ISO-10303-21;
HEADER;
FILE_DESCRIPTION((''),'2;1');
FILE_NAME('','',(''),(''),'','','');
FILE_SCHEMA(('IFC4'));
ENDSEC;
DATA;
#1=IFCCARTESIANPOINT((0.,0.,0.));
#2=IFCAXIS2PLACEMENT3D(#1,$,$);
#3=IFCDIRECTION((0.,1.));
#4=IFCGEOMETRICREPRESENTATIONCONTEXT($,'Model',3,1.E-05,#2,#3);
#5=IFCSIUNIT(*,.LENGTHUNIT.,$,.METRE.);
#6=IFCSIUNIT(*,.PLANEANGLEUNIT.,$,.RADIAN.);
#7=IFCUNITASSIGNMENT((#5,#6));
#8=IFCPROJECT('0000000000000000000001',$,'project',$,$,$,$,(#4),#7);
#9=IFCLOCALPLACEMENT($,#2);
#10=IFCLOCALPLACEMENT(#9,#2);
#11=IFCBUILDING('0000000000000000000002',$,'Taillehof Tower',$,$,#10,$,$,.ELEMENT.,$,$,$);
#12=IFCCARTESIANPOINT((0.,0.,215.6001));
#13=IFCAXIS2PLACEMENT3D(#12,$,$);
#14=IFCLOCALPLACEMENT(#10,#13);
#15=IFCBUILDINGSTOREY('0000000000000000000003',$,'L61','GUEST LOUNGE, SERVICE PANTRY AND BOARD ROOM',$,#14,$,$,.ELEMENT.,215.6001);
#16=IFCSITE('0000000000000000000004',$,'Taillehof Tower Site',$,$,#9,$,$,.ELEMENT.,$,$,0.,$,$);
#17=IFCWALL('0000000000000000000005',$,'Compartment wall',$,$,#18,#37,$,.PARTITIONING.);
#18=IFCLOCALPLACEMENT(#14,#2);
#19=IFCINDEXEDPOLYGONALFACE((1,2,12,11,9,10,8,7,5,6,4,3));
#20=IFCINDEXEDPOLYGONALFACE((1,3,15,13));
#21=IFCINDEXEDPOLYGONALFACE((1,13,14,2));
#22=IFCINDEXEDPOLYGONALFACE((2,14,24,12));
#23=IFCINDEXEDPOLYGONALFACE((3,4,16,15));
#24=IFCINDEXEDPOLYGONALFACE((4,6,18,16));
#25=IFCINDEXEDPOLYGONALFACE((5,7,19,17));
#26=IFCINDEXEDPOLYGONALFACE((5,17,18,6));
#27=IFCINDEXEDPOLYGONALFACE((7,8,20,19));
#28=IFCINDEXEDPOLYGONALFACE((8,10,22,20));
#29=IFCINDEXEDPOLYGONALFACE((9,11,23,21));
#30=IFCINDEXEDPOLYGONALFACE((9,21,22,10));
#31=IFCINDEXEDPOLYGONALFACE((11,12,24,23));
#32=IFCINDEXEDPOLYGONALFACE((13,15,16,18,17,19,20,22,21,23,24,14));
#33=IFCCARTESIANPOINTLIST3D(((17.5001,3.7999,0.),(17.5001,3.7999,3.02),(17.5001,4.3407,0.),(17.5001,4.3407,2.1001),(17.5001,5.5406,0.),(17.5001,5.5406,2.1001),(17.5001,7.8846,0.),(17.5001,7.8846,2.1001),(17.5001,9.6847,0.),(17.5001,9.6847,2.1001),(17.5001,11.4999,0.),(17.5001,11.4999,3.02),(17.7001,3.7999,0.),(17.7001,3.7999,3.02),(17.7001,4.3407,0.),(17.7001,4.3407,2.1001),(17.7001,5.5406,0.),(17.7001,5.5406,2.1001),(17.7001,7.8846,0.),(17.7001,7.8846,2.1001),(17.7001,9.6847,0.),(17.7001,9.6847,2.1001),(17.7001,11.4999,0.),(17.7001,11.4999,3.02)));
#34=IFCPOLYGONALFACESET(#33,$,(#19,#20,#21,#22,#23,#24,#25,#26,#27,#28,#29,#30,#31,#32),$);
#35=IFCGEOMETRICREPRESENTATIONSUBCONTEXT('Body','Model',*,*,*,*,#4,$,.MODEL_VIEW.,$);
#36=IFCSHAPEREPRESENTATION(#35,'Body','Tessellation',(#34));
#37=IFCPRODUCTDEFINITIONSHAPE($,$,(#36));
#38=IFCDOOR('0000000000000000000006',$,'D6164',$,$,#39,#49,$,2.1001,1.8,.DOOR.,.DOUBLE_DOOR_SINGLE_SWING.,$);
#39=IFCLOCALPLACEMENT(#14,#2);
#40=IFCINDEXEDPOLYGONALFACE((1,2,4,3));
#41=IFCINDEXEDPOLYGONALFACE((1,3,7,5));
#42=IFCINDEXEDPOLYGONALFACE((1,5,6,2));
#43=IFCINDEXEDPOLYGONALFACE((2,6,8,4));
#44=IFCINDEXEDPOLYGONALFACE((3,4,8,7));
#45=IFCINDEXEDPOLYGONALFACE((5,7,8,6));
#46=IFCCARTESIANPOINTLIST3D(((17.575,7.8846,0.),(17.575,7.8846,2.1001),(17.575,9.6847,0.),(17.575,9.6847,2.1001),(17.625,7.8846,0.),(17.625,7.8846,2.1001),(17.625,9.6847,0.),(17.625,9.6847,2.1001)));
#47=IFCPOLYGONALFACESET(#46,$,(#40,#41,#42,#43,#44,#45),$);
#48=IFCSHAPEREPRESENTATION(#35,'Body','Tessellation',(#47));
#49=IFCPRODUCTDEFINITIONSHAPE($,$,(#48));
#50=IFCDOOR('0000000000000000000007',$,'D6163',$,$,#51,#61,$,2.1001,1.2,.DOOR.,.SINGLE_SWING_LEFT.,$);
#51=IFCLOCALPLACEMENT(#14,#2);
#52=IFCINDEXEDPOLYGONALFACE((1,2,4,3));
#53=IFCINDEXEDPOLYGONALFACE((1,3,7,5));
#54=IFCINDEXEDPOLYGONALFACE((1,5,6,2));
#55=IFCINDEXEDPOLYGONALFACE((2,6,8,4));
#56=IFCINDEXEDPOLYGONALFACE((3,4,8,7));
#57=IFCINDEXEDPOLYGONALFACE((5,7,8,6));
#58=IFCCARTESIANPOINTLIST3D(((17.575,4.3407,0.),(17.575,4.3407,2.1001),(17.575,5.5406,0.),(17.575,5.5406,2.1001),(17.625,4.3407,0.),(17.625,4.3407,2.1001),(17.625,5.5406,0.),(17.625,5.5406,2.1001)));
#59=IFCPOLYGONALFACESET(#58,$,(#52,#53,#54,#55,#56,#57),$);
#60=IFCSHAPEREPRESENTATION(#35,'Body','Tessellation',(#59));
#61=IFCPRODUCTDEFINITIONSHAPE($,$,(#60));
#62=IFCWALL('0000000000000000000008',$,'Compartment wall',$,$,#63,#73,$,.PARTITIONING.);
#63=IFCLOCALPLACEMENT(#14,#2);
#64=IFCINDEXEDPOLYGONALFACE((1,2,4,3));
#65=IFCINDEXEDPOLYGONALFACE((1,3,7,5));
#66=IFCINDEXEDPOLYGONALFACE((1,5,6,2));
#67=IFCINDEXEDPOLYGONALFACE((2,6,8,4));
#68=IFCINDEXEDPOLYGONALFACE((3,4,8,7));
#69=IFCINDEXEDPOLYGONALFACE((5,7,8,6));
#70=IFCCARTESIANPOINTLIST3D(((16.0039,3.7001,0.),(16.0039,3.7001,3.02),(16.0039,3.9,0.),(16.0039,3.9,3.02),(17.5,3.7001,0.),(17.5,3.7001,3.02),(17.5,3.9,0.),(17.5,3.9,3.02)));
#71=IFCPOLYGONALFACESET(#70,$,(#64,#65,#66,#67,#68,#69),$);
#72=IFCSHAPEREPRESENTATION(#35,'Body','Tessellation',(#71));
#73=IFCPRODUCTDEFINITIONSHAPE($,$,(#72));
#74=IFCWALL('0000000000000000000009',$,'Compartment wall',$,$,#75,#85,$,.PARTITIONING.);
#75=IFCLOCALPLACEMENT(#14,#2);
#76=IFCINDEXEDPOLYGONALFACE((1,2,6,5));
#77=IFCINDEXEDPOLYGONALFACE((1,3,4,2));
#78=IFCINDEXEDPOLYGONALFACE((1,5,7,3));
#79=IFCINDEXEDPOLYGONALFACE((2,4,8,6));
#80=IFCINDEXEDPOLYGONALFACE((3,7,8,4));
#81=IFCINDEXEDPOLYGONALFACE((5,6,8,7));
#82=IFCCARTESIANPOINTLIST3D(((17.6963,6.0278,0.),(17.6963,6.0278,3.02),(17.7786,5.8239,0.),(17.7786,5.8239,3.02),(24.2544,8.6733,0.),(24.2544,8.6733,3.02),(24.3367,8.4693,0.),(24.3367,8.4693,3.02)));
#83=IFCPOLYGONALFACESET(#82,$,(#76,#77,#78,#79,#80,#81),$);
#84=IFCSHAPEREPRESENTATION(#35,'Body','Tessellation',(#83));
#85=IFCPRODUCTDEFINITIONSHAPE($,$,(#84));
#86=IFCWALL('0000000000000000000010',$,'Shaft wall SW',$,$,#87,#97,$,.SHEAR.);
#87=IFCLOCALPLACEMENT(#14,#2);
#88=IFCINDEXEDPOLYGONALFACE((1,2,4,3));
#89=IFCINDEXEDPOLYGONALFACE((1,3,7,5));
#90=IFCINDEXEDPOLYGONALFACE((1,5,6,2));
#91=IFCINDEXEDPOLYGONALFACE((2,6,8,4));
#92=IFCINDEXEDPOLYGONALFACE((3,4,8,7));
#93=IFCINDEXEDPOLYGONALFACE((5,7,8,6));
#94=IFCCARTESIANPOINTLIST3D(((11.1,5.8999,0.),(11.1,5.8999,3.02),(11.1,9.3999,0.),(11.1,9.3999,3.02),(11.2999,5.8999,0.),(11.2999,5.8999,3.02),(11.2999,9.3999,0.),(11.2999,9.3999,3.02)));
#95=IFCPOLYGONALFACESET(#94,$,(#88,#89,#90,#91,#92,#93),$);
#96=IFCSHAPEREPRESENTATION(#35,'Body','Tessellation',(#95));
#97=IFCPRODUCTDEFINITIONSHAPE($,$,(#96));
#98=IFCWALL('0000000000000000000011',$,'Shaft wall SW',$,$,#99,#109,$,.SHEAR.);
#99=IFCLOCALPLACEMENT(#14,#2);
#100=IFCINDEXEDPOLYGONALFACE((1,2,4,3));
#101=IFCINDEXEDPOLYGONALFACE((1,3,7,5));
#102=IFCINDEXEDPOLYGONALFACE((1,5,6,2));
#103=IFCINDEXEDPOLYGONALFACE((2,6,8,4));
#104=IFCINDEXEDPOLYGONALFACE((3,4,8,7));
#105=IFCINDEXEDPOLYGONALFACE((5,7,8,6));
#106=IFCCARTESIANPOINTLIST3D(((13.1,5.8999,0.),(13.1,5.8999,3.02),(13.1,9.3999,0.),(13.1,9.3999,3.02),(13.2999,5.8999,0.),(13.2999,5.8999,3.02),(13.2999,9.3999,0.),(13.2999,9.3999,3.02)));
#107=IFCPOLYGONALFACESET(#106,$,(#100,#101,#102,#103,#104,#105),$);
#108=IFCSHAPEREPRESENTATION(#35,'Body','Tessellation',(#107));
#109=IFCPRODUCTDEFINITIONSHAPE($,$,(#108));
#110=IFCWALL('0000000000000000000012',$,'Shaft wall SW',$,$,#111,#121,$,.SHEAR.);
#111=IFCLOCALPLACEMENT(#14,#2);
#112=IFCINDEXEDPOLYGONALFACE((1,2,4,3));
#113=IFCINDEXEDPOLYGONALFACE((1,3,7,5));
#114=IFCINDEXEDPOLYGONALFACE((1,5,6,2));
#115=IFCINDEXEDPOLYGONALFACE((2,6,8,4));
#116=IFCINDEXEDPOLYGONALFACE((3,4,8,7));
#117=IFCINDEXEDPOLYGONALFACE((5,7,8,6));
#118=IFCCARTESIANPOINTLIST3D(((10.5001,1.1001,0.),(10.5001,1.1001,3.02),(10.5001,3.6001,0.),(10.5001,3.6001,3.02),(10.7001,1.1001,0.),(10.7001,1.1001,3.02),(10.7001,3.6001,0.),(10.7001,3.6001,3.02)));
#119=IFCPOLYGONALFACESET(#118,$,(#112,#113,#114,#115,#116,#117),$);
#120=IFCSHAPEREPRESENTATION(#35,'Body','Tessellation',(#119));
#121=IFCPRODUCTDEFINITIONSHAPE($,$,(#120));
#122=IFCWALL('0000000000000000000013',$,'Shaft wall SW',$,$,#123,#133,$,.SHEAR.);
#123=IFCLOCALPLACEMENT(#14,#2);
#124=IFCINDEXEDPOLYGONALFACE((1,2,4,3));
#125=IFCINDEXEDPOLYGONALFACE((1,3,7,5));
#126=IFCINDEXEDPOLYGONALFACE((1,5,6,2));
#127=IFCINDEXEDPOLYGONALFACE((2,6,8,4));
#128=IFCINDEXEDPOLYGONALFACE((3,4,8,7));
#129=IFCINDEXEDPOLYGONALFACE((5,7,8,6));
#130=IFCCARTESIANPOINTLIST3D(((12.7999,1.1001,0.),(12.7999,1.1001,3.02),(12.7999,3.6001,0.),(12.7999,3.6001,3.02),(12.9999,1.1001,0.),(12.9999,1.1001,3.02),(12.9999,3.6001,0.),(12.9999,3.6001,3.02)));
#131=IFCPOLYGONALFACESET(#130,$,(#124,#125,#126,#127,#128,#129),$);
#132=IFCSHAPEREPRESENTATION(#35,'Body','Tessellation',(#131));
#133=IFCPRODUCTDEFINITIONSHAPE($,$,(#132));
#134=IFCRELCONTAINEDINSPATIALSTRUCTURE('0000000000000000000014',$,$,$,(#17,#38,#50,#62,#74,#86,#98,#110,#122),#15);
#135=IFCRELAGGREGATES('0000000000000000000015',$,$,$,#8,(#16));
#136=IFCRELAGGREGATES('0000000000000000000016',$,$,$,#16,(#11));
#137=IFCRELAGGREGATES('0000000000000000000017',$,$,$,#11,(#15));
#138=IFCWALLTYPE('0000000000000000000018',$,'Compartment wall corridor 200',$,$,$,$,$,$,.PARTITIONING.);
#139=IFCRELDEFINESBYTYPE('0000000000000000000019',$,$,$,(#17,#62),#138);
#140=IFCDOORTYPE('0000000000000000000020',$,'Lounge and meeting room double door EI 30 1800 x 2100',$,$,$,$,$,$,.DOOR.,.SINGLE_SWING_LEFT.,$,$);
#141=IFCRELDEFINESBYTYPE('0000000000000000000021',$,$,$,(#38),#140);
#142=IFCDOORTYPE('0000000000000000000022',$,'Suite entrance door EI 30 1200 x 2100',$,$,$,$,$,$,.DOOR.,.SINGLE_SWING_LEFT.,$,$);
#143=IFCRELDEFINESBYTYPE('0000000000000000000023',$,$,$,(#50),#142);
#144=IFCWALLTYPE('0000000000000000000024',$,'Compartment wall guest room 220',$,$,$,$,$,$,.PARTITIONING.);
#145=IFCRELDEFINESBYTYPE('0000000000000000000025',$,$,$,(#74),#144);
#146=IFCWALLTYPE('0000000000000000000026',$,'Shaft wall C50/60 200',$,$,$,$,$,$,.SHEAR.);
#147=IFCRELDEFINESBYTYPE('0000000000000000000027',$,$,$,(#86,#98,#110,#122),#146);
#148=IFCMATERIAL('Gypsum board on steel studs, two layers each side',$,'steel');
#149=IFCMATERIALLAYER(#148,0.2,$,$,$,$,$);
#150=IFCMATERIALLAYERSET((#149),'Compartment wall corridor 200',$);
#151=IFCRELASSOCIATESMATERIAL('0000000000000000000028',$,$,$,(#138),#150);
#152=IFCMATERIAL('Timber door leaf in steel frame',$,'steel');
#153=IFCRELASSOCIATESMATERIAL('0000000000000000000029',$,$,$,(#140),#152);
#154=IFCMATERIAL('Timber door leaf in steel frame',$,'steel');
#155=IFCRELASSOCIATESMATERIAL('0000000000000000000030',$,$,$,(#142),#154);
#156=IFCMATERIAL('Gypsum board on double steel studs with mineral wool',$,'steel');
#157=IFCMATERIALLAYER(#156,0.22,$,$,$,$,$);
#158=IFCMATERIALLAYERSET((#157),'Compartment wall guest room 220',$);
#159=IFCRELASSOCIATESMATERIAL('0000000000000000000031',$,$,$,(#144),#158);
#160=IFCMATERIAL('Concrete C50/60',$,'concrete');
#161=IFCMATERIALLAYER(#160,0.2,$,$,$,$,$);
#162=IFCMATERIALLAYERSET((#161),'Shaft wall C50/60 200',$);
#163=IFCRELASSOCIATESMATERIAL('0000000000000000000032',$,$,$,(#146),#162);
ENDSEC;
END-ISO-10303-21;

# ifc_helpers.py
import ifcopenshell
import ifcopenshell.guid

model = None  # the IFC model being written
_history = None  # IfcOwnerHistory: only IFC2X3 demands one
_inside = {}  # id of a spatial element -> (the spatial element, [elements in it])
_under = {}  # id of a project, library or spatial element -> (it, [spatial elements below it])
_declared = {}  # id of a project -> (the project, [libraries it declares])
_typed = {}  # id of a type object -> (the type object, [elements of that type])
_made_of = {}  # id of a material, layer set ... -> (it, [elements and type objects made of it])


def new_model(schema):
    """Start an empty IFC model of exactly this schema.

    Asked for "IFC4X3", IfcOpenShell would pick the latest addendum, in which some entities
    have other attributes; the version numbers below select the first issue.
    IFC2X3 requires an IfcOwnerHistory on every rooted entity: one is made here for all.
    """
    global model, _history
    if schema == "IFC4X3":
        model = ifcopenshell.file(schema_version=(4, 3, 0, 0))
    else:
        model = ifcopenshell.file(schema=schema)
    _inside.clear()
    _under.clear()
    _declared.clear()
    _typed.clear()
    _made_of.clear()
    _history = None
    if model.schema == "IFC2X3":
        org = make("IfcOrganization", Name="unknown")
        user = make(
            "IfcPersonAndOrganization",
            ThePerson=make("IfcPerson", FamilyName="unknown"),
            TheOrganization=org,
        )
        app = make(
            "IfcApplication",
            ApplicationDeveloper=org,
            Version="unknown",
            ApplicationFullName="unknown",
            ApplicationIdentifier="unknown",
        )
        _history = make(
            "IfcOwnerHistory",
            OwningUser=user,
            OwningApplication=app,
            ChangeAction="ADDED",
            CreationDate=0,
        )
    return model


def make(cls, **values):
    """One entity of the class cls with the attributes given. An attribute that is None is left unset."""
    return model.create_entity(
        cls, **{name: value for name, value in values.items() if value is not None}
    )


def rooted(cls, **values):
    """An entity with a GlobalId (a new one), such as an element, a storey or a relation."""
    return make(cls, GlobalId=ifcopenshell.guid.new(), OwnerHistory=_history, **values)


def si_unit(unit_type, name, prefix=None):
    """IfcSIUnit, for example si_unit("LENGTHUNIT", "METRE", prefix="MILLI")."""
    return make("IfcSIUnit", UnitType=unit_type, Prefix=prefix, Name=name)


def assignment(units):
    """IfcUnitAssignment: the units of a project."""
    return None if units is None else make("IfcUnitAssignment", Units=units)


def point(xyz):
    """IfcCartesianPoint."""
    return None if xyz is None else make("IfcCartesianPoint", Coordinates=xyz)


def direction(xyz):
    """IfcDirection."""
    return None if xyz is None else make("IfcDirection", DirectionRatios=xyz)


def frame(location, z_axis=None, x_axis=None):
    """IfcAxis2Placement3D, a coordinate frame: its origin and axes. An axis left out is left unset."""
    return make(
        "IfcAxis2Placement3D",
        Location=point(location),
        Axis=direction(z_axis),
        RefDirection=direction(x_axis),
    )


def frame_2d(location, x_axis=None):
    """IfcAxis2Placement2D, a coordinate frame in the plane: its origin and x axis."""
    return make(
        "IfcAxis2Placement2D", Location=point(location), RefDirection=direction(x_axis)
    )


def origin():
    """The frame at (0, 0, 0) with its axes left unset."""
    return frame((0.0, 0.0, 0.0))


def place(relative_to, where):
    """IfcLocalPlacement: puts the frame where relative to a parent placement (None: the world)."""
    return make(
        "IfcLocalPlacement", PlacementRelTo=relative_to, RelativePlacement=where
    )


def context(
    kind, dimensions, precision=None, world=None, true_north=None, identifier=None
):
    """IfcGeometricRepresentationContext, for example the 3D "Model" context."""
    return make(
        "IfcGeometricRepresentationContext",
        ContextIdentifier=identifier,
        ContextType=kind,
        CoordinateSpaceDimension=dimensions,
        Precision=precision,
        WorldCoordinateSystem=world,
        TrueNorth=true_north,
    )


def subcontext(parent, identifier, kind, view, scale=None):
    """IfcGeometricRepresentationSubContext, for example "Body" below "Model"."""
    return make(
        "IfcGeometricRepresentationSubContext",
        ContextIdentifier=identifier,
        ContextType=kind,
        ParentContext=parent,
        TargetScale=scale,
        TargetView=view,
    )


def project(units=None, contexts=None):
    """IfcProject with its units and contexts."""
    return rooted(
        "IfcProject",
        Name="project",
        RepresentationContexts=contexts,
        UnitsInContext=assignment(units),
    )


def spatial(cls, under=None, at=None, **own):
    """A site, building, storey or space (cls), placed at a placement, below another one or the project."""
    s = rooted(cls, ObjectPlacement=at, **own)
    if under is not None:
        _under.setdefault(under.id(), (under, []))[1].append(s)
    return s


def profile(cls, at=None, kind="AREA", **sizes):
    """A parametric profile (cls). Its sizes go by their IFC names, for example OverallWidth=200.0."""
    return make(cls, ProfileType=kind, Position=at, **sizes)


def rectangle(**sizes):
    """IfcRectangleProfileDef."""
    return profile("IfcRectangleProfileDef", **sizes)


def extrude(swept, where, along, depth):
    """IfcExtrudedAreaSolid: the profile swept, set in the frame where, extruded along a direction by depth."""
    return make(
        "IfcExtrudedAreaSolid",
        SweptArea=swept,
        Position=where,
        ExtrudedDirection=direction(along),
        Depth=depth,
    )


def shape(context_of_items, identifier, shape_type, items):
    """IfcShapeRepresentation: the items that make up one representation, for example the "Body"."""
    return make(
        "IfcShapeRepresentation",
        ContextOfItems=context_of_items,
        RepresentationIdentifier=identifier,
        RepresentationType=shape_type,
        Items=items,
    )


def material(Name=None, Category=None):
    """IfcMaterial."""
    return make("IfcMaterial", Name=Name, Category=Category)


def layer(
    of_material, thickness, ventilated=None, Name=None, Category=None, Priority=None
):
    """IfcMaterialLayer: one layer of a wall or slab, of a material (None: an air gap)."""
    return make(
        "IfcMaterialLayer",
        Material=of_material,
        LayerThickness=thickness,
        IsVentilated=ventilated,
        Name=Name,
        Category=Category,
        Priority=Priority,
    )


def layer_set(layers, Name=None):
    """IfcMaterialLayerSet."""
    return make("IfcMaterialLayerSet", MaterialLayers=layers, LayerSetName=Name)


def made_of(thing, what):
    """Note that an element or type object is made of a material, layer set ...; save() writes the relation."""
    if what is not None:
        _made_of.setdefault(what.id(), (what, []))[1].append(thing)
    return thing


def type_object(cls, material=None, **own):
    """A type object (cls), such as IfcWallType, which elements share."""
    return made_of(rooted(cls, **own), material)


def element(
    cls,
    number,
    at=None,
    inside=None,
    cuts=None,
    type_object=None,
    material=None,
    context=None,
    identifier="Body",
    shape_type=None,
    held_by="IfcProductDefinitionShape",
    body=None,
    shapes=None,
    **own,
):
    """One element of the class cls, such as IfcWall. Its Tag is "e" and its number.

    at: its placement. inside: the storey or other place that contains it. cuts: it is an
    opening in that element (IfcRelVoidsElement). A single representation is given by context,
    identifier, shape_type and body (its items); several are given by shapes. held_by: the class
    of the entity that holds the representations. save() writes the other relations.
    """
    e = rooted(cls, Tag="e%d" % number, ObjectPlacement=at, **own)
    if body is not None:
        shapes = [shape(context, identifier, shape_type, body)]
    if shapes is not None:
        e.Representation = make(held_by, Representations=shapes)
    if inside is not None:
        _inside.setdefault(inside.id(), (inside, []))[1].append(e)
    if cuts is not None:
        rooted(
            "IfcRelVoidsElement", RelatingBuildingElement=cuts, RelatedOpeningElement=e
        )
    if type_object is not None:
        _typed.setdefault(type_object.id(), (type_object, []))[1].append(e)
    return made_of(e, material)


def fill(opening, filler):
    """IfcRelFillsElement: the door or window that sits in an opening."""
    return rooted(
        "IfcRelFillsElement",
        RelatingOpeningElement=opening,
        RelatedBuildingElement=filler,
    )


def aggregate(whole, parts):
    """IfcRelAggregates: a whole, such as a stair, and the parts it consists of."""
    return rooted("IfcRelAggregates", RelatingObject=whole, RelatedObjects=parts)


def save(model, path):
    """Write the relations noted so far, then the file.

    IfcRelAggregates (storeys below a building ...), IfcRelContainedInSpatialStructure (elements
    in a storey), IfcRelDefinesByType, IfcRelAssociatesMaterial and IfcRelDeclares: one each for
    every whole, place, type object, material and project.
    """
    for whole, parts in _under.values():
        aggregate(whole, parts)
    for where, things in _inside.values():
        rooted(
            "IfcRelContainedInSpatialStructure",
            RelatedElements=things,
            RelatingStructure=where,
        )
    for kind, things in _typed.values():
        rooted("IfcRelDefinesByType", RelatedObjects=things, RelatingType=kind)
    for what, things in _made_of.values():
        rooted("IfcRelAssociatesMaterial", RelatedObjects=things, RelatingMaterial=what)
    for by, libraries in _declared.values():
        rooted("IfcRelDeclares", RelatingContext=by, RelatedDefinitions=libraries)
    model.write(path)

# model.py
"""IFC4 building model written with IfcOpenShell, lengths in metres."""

from ifc_helpers import new_model, si_unit, direction, frame, frame_2d, origin, place, context, subcontext, project, spatial, rectangle, extrude, material, layer, layer_set, type_object, element, fill, save


model = new_model("IFC4")

# Units and contexts
model_context = context("Model", 3, precision=1e-05, world=origin(), true_north=direction((0.0, 1.0)))
body_context = subcontext(model_context, "Body", "Model", "MODEL_VIEW")
ifc_project = project(units=[si_unit("LENGTHUNIT", "METRE"), si_unit("PLANEANGLEUNIT", "RADIAN")], contexts=[model_context])

# Site, building, storey
site_placement = place(None, origin())
site = spatial("IfcSite", under=ifc_project, at=site_placement, Name="Taillehof Tower Site", CompositionType="ELEMENT", RefElevation=0.0)
building_placement = place(site_placement, origin())
building = spatial("IfcBuilding", under=site, at=building_placement, Name="Taillehof Tower", CompositionType="ELEMENT")
storey_placement = place(building_placement, frame((0.0, 0.0, 215.6001)))
storey = spatial("IfcBuildingStorey", under=building, at=storey_placement, Name="L61", Description="GUEST LOUNGE, SERVICE PANTRY AND BOARD ROOM", CompositionType="ELEMENT", Elevation=215.6001)

# Wall, openings, doors
ifc_material_1 = material(Name="Gypsum board on steel studs, two layers each side", Category="steel")
ifc_layer_1 = layer(ifc_material_1, 0.2)
ifc_layer_set_1 = layer_set([ifc_layer_1], Name="Compartment wall corridor 200")
wall_type_1 = type_object("IfcWallType", Name="Compartment wall corridor 200", PredefinedType="PARTITIONING", material=ifc_layer_set_1)
wall_1_placement = place(storey_placement, frame((17.6001, 11.5, 0.0), z_axis=(0.0, 0.0, 1.0), x_axis=(0.0, -1.0, 0.0)))
wall_1 = element("IfcWall", 1, at=wall_1_placement, inside=storey, type_object=wall_type_1, Name="Compartment wall", PredefinedType="PARTITIONING", context=body_context, shape_type="SweptSolid", body=[
    extrude(rectangle(XDim=7.7, YDim=0.2, at=frame_2d((3.8501, 0.0))), origin(), (0.0, 0.0, 1.0), 3.02),
])
opening_1_placement = place(wall_1_placement, frame((5.9592, 0.0, 0.0)))
opening_1 = element("IfcOpeningElement", 2, at=opening_1_placement, cuts=wall_1, PredefinedType="OPENING", context=body_context, shape_type="SweptSolid", body=[
    extrude(rectangle(XDim=1.2, YDim=2.1001, at=frame_2d((0.6001, 1.05))), frame((0.0, 0.1099, 0.0), z_axis=(0.0, -1.0, 0.0), x_axis=(1.0, 0.0, 0.0)), (0.0, 0.0, 1.0), 0.22),
])
opening_2_placement = place(wall_1_placement, frame((1.8154, 0.0, 0.0)))
opening_2 = element("IfcOpeningElement", 3, at=opening_2_placement, cuts=wall_1, PredefinedType="OPENING", context=body_context, shape_type="SweptSolid", body=[
    extrude(rectangle(XDim=1.8, YDim=2.1001, at=frame_2d((0.8999, 1.05))), frame((0.0, 0.1099, 0.0), z_axis=(0.0, -1.0, 0.0), x_axis=(1.0, 0.0, 0.0)), (0.0, 0.0, 1.0), 0.22),
])
ifc_material_2 = material(Name="Timber door leaf in steel frame", Category="steel")
door_type_1 = type_object("IfcDoorType", Name="Lounge and meeting room double door EI 30 1800 x 2100", OperationType="SINGLE_SWING_LEFT", PredefinedType="DOOR", material=ifc_material_2)
door_1_placement = place(opening_2_placement, origin())
door_1 = element("IfcDoor", 4, at=door_1_placement, inside=storey, type_object=door_type_1, Name="D6164", OperationType="DOUBLE_DOOR_SINGLE_SWING", OverallHeight=2.1001, OverallWidth=1.8, PredefinedType="DOOR", context=body_context, shape_type="SweptSolid", body=[
    extrude(rectangle(XDim=1.8, YDim=2.1001, at=frame_2d((0.8999, 1.05))), frame((0.0, 0.0249, 0.0), z_axis=(0.0, -1.0, 0.0), x_axis=(1.0, 0.0, 0.0)), (0.0, 0.0, 1.0), 0.05),
])
fill(opening_2, door_1)
ifc_material_3 = material(Name="Timber door leaf in steel frame", Category="steel")
door_type_2 = type_object("IfcDoorType", Name="Suite entrance door EI 30 1200 x 2100", OperationType="SINGLE_SWING_LEFT", PredefinedType="DOOR", material=ifc_material_3)
door_2_placement = place(opening_1_placement, origin())
door_2 = element("IfcDoor", 5, at=door_2_placement, inside=storey, type_object=door_type_2, Name="D6163", OperationType="SINGLE_SWING_LEFT", OverallHeight=2.1001, OverallWidth=1.2, PredefinedType="DOOR", context=body_context, shape_type="SweptSolid", body=[
    extrude(rectangle(XDim=1.2, YDim=2.1001, at=frame_2d((0.6001, 1.05))), frame((0.0, 0.0249, 0.0), z_axis=(0.0, -1.0, 0.0), x_axis=(1.0, 0.0, 0.0)), (0.0, 0.0, 1.0), 0.05),
])
fill(opening_1, door_2)

# Walls
wall_2_placement = place(storey_placement, frame((17.5, 3.8, 0.0), z_axis=(0.0, 0.0, 1.0), x_axis=(-1.0, 0.0, 0.0)))
element("IfcWall", 6, at=wall_2_placement, inside=storey, type_object=wall_type_1, Name="Compartment wall", PredefinedType="PARTITIONING", context=body_context, shape_type="SweptSolid", body=[
    extrude(rectangle(XDim=1.4961, YDim=0.2, at=frame_2d((0.748, 0.0))), origin(), (0.0, 0.0, 1.0), 3.02),
])
ifc_material_4 = material(Name="Gypsum board on double steel studs with mineral wool", Category="steel")
ifc_layer_2 = layer(ifc_material_4, 0.22)
ifc_layer_set_2 = layer_set([ifc_layer_2], Name="Compartment wall guest room 220")
wall_type_2 = type_object("IfcWallType", Name="Compartment wall guest room 220", PredefinedType="PARTITIONING", material=ifc_layer_set_2)
wall_3_placement = place(storey_placement, frame((24.2954, 8.5713, 0.0), z_axis=(0.0, 0.0, 1.0), x_axis=(-0.927387, -0.374103, 0.0)))
element("IfcWall", 7, at=wall_3_placement, inside=storey, type_object=wall_type_2, Name="Compartment wall", PredefinedType="PARTITIONING", context=body_context, shape_type="SweptSolid", body=[
    extrude(rectangle(XDim=7.0715, YDim=0.22, at=frame_2d((3.5356, 0.0))), origin(), (0.0, 0.0, 1.0), 3.02),
])
ifc_material_5 = material(Name="Concrete C50/60", Category="concrete")
ifc_layer_3 = layer(ifc_material_5, 0.2)
ifc_layer_set_3 = layer_set([ifc_layer_3], Name="Shaft wall C50/60 200")
wall_type_3 = type_object("IfcWallType", Name="Shaft wall C50/60 200", PredefinedType="SHEAR", material=ifc_layer_set_3)
for number, where, z_axis, x_axis, name in (
    (8, (11.2, 5.8999, 0.0), (0.0, 0.0, 1.0), (0.0, 1.0, 0.0), "Shaft wall SW"),
    (9, (13.2, 5.8999, 0.0), (0.0, 0.0, 1.0), (0.0, 1.0, 0.0), "Shaft wall SW"),
):
    element("IfcWall", number, at=place(storey_placement, frame(where, z_axis=z_axis, x_axis=x_axis)), inside=storey, type_object=wall_type_3, Name=name, PredefinedType="SHEAR", context=body_context, shape_type="SweptSolid", body=[
        extrude(rectangle(XDim=3.5, YDim=0.2, at=frame_2d((1.75, 0.0))), origin(), (0.0, 0.0, 1.0), 3.02),
    ])
for number, where, z_axis, x_axis, name in (
    (10, (10.6001, 1.1001, 0.0), (0.0, 0.0, 1.0), (0.0, 1.0, 0.0), "Shaft wall SW"),
    (11, (12.8999, 1.1001, 0.0), (0.0, 0.0, 1.0), (0.0, 1.0, 0.0), "Shaft wall SW"),
):
    element("IfcWall", number, at=place(storey_placement, frame(where, z_axis=z_axis, x_axis=x_axis)), inside=storey, type_object=wall_type_3, Name=name, PredefinedType="SHEAR", context=body_context, shape_type="SweptSolid", body=[
        extrude(rectangle(XDim=2.5, YDim=0.2, at=frame_2d((1.25, 0.0))), origin(), (0.0, 0.0, 1.0), 3.02),
    ])

save(model, "model.ifc")
